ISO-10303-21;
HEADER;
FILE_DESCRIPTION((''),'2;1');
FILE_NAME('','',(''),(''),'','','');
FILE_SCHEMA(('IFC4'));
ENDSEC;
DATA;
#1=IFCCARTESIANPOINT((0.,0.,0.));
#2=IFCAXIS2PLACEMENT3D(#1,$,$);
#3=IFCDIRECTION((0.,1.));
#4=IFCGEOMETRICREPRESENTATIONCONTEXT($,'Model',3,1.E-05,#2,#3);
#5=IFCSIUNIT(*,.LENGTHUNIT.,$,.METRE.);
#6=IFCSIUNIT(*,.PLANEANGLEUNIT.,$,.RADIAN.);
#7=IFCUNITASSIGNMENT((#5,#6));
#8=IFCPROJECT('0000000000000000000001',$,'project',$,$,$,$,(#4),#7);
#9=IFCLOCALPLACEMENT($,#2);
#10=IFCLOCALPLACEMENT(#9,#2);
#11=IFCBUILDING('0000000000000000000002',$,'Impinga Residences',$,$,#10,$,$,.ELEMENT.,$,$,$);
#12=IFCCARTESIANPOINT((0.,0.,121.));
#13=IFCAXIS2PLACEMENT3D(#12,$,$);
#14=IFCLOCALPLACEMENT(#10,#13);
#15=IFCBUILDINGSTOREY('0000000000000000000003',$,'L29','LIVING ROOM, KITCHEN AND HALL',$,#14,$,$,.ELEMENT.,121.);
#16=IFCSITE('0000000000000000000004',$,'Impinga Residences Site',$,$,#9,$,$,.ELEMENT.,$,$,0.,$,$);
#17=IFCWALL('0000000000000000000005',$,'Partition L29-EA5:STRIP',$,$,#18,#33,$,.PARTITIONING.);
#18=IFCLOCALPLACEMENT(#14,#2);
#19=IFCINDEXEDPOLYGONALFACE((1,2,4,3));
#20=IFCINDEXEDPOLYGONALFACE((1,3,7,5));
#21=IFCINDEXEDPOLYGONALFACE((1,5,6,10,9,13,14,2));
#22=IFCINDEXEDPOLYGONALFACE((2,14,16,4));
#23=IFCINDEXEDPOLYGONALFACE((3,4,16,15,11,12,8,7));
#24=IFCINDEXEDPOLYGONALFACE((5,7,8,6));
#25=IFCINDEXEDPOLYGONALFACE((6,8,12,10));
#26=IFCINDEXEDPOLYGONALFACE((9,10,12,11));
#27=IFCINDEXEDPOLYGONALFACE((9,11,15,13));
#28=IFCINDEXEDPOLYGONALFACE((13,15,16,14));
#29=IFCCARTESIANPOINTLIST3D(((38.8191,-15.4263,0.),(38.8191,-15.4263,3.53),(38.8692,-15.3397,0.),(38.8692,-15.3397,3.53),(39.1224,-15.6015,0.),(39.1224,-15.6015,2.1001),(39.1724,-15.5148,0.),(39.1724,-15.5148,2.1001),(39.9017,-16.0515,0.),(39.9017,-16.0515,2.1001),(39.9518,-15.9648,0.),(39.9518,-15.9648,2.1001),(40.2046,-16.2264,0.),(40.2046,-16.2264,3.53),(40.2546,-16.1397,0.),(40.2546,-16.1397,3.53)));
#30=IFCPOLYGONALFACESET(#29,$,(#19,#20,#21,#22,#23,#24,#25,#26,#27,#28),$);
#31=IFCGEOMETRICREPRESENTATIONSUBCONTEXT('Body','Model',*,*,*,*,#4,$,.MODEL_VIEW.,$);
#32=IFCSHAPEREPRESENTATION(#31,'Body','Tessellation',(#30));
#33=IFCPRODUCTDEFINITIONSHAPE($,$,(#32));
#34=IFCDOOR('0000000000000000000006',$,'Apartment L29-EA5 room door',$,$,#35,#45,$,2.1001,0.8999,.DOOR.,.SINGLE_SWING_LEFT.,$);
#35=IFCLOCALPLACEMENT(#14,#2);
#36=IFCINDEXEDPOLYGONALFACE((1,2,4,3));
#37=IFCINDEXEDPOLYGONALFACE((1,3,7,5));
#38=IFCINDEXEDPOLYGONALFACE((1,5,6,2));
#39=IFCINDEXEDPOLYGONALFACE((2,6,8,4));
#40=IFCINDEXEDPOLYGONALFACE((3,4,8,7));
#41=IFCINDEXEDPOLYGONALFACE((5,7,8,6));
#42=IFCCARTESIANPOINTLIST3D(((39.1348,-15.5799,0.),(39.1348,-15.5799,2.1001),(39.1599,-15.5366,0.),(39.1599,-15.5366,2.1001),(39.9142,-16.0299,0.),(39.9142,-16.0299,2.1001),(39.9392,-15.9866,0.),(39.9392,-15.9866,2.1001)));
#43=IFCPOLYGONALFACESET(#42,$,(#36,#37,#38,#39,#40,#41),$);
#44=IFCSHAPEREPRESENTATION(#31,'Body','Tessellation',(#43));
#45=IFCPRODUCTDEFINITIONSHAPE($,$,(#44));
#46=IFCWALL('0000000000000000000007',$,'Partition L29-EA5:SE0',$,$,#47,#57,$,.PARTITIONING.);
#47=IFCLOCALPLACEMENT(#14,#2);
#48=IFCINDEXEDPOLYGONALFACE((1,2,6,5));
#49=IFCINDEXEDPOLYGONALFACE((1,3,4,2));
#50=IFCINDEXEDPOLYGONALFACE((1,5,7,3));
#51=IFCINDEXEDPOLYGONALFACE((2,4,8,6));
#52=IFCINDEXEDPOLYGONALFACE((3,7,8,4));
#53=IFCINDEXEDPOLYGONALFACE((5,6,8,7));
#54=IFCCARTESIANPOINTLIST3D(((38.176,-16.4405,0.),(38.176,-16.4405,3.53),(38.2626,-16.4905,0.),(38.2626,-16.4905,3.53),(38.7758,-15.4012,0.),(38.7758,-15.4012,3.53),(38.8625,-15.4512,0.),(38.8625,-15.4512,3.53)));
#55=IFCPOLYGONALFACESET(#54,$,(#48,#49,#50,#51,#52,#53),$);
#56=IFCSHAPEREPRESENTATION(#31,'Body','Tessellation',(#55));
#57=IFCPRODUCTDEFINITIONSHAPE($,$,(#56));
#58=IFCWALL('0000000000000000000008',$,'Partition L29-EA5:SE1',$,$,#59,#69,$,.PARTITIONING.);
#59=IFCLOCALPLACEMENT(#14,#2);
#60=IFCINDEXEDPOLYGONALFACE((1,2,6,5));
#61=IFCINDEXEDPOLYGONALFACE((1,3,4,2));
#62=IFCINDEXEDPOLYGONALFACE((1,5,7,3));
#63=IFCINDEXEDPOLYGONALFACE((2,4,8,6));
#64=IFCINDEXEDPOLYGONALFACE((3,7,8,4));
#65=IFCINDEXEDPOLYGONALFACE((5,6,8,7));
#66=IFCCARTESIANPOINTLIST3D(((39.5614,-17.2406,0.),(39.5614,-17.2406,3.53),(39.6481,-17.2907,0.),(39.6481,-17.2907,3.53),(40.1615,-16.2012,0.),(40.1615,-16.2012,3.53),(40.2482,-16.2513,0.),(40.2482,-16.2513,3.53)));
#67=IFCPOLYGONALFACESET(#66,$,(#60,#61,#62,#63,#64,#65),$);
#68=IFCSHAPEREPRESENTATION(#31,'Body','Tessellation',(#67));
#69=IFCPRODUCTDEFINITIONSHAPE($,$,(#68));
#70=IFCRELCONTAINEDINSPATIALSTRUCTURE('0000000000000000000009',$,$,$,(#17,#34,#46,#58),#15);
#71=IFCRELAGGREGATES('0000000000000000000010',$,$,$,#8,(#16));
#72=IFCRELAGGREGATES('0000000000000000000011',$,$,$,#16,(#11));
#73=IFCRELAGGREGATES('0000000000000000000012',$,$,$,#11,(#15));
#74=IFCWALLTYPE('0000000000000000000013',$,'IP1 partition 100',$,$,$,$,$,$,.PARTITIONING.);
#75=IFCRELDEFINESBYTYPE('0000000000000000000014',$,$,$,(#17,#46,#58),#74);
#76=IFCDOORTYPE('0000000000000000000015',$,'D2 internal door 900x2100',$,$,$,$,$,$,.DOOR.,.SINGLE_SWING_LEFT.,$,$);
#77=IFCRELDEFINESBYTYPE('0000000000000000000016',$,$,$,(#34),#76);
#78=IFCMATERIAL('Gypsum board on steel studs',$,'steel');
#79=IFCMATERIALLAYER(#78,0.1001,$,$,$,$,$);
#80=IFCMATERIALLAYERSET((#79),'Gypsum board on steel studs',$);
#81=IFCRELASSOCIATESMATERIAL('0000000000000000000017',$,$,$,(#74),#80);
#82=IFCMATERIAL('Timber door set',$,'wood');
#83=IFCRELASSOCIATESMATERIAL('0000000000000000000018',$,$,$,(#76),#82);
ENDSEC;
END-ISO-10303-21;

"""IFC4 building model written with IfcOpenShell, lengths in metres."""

from ifc_helpers import new_model, si_unit, direction, frame, frame_2d, origin, place, context, subcontext, project, spatial, rectangle, extrude, material, layer, layer_set, type_object, element, fill, save


model = new_model("IFC4")

# Units and contexts
model_context = context("Model", 3, precision=1e-05, world=origin(), true_north=direction((0.0, 1.0)))
body_context = subcontext(model_context, "Body", "Model", "MODEL_VIEW")
ifc_project = project(units=[si_unit("LENGTHUNIT", "METRE"), si_unit("PLANEANGLEUNIT", "RADIAN")], contexts=[model_context])

# Site, building, storey
site_placement = place(None, origin())
site = spatial("IfcSite", under=ifc_project, at=site_placement, Name="Impinga Residences Site", CompositionType="ELEMENT", RefElevation=0.0)
building_placement = place(site_placement, origin())
building = spatial("IfcBuilding", under=site, at=building_placement, Name="Impinga Residences", CompositionType="ELEMENT")
storey_placement = place(building_placement, frame((0.0, 0.0, 121.0)))
storey = spatial("IfcBuildingStorey", under=building, at=storey_placement, Name="L29", Description="LIVING ROOM, KITCHEN AND HALL", CompositionType="ELEMENT", Elevation=121.0)

# Shared definitions
ifc_material_1 = material(Name="Gypsum board on steel studs", Category="steel")
ifc_layer_1 = layer(ifc_material_1, 0.1001)
ifc_layer_set_1 = layer_set([ifc_layer_1], Name="Gypsum board on steel studs")
wall_type_1 = type_object("IfcWallType", Name="IP1 partition 100", PredefinedType="PARTITIONING", material=ifc_layer_set_1)

# Wall, opening, door
wall_1_placement = place(storey_placement, frame((38.8442, -15.3831, 0.0), z_axis=(0.0, 0.0, 1.0), x_axis=(0.86599, -0.500061, 0.0)))
wall_1 = element("IfcWall", 1, at=wall_1_placement, inside=storey, type_object=wall_type_1, Name="Partition L29-EA5:STRIP", PredefinedType="PARTITIONING", context=body_context, shape_type="SweptSolid", body=[
    extrude(rectangle(XDim=1.5999, YDim=0.1001, at=frame_2d((0.7998, 0.0))), origin(), (0.0, 0.0, 1.0), 3.53),
])
opening_1_placement = place(wall_1_placement, frame((0.3501, 0.0, 0.0)))
opening_1 = element("IfcOpeningElement", 2, at=opening_1_placement, cuts=wall_1, PredefinedType="OPENING", context=body_context, shape_type="SweptSolid", body=[
    extrude(rectangle(XDim=0.8999, YDim=2.1001, at=frame_2d((0.45, 1.05))), frame((0.0, 0.0601, 0.0), z_axis=(0.0, -1.0, 0.0), x_axis=(1.0, 0.0, 0.0)), (0.0, 0.0, 1.0), 0.1201),
])
ifc_material_2 = material(Name="Timber door set", Category="wood")
door_type = type_object("IfcDoorType", Name="D2 internal door 900x2100", OperationType="SINGLE_SWING_LEFT", PredefinedType="DOOR", material=ifc_material_2)
door_placement = place(opening_1_placement, origin())
door = element("IfcDoor", 3, at=door_placement, inside=storey, type_object=door_type, Name="Apartment L29-EA5 room door", OperationType="SINGLE_SWING_LEFT", OverallHeight=2.1001, OverallWidth=0.8999, PredefinedType="DOOR", context=body_context, shape_type="SweptSolid", body=[
    extrude(rectangle(XDim=0.8999, YDim=2.1001, at=frame_2d((0.45, 1.05))), frame((0.0, 0.0249, 0.0), z_axis=(0.0, -1.0, 0.0), x_axis=(1.0, 0.0, 0.0)), (0.0, 0.0, 1.0), 0.05),
])
fill(opening_1, door)

# Walls
wall_2_placement = place(storey_placement, frame((38.2192, -16.4656, 0.0), z_axis=(0.0, 0.0, 1.0), x_axis=(0.499881, 0.866094, 0.0)))
element("IfcWall", 4, at=wall_2_placement, inside=storey, type_object=wall_type_1, Name="Partition L29-EA5:SE0", PredefinedType="PARTITIONING", context=body_context, shape_type="SweptSolid", body=[
    extrude(rectangle(XDim=1.2, YDim=0.1001, at=frame_2d((0.6001, 0.0))), origin(), (0.0, 0.0, 1.0), 3.53),
])
wall_3_placement = place(storey_placement, frame((39.6047, -17.2656, 0.0), z_axis=(0.0, 0.0, 1.0), x_axis=(0.500034, 0.866006, 0.0)))
element("IfcWall", 5, at=wall_3_placement, inside=storey, type_object=wall_type_1, Name="Partition L29-EA5:SE1", PredefinedType="PARTITIONING", context=body_context, shape_type="SweptSolid", body=[
    extrude(rectangle(XDim=1.2002, YDim=0.1001, at=frame_2d((0.6001, 0.0))), origin(), (0.0, 0.0, 1.0), 3.53),
])

save(model, "model.ifc")
